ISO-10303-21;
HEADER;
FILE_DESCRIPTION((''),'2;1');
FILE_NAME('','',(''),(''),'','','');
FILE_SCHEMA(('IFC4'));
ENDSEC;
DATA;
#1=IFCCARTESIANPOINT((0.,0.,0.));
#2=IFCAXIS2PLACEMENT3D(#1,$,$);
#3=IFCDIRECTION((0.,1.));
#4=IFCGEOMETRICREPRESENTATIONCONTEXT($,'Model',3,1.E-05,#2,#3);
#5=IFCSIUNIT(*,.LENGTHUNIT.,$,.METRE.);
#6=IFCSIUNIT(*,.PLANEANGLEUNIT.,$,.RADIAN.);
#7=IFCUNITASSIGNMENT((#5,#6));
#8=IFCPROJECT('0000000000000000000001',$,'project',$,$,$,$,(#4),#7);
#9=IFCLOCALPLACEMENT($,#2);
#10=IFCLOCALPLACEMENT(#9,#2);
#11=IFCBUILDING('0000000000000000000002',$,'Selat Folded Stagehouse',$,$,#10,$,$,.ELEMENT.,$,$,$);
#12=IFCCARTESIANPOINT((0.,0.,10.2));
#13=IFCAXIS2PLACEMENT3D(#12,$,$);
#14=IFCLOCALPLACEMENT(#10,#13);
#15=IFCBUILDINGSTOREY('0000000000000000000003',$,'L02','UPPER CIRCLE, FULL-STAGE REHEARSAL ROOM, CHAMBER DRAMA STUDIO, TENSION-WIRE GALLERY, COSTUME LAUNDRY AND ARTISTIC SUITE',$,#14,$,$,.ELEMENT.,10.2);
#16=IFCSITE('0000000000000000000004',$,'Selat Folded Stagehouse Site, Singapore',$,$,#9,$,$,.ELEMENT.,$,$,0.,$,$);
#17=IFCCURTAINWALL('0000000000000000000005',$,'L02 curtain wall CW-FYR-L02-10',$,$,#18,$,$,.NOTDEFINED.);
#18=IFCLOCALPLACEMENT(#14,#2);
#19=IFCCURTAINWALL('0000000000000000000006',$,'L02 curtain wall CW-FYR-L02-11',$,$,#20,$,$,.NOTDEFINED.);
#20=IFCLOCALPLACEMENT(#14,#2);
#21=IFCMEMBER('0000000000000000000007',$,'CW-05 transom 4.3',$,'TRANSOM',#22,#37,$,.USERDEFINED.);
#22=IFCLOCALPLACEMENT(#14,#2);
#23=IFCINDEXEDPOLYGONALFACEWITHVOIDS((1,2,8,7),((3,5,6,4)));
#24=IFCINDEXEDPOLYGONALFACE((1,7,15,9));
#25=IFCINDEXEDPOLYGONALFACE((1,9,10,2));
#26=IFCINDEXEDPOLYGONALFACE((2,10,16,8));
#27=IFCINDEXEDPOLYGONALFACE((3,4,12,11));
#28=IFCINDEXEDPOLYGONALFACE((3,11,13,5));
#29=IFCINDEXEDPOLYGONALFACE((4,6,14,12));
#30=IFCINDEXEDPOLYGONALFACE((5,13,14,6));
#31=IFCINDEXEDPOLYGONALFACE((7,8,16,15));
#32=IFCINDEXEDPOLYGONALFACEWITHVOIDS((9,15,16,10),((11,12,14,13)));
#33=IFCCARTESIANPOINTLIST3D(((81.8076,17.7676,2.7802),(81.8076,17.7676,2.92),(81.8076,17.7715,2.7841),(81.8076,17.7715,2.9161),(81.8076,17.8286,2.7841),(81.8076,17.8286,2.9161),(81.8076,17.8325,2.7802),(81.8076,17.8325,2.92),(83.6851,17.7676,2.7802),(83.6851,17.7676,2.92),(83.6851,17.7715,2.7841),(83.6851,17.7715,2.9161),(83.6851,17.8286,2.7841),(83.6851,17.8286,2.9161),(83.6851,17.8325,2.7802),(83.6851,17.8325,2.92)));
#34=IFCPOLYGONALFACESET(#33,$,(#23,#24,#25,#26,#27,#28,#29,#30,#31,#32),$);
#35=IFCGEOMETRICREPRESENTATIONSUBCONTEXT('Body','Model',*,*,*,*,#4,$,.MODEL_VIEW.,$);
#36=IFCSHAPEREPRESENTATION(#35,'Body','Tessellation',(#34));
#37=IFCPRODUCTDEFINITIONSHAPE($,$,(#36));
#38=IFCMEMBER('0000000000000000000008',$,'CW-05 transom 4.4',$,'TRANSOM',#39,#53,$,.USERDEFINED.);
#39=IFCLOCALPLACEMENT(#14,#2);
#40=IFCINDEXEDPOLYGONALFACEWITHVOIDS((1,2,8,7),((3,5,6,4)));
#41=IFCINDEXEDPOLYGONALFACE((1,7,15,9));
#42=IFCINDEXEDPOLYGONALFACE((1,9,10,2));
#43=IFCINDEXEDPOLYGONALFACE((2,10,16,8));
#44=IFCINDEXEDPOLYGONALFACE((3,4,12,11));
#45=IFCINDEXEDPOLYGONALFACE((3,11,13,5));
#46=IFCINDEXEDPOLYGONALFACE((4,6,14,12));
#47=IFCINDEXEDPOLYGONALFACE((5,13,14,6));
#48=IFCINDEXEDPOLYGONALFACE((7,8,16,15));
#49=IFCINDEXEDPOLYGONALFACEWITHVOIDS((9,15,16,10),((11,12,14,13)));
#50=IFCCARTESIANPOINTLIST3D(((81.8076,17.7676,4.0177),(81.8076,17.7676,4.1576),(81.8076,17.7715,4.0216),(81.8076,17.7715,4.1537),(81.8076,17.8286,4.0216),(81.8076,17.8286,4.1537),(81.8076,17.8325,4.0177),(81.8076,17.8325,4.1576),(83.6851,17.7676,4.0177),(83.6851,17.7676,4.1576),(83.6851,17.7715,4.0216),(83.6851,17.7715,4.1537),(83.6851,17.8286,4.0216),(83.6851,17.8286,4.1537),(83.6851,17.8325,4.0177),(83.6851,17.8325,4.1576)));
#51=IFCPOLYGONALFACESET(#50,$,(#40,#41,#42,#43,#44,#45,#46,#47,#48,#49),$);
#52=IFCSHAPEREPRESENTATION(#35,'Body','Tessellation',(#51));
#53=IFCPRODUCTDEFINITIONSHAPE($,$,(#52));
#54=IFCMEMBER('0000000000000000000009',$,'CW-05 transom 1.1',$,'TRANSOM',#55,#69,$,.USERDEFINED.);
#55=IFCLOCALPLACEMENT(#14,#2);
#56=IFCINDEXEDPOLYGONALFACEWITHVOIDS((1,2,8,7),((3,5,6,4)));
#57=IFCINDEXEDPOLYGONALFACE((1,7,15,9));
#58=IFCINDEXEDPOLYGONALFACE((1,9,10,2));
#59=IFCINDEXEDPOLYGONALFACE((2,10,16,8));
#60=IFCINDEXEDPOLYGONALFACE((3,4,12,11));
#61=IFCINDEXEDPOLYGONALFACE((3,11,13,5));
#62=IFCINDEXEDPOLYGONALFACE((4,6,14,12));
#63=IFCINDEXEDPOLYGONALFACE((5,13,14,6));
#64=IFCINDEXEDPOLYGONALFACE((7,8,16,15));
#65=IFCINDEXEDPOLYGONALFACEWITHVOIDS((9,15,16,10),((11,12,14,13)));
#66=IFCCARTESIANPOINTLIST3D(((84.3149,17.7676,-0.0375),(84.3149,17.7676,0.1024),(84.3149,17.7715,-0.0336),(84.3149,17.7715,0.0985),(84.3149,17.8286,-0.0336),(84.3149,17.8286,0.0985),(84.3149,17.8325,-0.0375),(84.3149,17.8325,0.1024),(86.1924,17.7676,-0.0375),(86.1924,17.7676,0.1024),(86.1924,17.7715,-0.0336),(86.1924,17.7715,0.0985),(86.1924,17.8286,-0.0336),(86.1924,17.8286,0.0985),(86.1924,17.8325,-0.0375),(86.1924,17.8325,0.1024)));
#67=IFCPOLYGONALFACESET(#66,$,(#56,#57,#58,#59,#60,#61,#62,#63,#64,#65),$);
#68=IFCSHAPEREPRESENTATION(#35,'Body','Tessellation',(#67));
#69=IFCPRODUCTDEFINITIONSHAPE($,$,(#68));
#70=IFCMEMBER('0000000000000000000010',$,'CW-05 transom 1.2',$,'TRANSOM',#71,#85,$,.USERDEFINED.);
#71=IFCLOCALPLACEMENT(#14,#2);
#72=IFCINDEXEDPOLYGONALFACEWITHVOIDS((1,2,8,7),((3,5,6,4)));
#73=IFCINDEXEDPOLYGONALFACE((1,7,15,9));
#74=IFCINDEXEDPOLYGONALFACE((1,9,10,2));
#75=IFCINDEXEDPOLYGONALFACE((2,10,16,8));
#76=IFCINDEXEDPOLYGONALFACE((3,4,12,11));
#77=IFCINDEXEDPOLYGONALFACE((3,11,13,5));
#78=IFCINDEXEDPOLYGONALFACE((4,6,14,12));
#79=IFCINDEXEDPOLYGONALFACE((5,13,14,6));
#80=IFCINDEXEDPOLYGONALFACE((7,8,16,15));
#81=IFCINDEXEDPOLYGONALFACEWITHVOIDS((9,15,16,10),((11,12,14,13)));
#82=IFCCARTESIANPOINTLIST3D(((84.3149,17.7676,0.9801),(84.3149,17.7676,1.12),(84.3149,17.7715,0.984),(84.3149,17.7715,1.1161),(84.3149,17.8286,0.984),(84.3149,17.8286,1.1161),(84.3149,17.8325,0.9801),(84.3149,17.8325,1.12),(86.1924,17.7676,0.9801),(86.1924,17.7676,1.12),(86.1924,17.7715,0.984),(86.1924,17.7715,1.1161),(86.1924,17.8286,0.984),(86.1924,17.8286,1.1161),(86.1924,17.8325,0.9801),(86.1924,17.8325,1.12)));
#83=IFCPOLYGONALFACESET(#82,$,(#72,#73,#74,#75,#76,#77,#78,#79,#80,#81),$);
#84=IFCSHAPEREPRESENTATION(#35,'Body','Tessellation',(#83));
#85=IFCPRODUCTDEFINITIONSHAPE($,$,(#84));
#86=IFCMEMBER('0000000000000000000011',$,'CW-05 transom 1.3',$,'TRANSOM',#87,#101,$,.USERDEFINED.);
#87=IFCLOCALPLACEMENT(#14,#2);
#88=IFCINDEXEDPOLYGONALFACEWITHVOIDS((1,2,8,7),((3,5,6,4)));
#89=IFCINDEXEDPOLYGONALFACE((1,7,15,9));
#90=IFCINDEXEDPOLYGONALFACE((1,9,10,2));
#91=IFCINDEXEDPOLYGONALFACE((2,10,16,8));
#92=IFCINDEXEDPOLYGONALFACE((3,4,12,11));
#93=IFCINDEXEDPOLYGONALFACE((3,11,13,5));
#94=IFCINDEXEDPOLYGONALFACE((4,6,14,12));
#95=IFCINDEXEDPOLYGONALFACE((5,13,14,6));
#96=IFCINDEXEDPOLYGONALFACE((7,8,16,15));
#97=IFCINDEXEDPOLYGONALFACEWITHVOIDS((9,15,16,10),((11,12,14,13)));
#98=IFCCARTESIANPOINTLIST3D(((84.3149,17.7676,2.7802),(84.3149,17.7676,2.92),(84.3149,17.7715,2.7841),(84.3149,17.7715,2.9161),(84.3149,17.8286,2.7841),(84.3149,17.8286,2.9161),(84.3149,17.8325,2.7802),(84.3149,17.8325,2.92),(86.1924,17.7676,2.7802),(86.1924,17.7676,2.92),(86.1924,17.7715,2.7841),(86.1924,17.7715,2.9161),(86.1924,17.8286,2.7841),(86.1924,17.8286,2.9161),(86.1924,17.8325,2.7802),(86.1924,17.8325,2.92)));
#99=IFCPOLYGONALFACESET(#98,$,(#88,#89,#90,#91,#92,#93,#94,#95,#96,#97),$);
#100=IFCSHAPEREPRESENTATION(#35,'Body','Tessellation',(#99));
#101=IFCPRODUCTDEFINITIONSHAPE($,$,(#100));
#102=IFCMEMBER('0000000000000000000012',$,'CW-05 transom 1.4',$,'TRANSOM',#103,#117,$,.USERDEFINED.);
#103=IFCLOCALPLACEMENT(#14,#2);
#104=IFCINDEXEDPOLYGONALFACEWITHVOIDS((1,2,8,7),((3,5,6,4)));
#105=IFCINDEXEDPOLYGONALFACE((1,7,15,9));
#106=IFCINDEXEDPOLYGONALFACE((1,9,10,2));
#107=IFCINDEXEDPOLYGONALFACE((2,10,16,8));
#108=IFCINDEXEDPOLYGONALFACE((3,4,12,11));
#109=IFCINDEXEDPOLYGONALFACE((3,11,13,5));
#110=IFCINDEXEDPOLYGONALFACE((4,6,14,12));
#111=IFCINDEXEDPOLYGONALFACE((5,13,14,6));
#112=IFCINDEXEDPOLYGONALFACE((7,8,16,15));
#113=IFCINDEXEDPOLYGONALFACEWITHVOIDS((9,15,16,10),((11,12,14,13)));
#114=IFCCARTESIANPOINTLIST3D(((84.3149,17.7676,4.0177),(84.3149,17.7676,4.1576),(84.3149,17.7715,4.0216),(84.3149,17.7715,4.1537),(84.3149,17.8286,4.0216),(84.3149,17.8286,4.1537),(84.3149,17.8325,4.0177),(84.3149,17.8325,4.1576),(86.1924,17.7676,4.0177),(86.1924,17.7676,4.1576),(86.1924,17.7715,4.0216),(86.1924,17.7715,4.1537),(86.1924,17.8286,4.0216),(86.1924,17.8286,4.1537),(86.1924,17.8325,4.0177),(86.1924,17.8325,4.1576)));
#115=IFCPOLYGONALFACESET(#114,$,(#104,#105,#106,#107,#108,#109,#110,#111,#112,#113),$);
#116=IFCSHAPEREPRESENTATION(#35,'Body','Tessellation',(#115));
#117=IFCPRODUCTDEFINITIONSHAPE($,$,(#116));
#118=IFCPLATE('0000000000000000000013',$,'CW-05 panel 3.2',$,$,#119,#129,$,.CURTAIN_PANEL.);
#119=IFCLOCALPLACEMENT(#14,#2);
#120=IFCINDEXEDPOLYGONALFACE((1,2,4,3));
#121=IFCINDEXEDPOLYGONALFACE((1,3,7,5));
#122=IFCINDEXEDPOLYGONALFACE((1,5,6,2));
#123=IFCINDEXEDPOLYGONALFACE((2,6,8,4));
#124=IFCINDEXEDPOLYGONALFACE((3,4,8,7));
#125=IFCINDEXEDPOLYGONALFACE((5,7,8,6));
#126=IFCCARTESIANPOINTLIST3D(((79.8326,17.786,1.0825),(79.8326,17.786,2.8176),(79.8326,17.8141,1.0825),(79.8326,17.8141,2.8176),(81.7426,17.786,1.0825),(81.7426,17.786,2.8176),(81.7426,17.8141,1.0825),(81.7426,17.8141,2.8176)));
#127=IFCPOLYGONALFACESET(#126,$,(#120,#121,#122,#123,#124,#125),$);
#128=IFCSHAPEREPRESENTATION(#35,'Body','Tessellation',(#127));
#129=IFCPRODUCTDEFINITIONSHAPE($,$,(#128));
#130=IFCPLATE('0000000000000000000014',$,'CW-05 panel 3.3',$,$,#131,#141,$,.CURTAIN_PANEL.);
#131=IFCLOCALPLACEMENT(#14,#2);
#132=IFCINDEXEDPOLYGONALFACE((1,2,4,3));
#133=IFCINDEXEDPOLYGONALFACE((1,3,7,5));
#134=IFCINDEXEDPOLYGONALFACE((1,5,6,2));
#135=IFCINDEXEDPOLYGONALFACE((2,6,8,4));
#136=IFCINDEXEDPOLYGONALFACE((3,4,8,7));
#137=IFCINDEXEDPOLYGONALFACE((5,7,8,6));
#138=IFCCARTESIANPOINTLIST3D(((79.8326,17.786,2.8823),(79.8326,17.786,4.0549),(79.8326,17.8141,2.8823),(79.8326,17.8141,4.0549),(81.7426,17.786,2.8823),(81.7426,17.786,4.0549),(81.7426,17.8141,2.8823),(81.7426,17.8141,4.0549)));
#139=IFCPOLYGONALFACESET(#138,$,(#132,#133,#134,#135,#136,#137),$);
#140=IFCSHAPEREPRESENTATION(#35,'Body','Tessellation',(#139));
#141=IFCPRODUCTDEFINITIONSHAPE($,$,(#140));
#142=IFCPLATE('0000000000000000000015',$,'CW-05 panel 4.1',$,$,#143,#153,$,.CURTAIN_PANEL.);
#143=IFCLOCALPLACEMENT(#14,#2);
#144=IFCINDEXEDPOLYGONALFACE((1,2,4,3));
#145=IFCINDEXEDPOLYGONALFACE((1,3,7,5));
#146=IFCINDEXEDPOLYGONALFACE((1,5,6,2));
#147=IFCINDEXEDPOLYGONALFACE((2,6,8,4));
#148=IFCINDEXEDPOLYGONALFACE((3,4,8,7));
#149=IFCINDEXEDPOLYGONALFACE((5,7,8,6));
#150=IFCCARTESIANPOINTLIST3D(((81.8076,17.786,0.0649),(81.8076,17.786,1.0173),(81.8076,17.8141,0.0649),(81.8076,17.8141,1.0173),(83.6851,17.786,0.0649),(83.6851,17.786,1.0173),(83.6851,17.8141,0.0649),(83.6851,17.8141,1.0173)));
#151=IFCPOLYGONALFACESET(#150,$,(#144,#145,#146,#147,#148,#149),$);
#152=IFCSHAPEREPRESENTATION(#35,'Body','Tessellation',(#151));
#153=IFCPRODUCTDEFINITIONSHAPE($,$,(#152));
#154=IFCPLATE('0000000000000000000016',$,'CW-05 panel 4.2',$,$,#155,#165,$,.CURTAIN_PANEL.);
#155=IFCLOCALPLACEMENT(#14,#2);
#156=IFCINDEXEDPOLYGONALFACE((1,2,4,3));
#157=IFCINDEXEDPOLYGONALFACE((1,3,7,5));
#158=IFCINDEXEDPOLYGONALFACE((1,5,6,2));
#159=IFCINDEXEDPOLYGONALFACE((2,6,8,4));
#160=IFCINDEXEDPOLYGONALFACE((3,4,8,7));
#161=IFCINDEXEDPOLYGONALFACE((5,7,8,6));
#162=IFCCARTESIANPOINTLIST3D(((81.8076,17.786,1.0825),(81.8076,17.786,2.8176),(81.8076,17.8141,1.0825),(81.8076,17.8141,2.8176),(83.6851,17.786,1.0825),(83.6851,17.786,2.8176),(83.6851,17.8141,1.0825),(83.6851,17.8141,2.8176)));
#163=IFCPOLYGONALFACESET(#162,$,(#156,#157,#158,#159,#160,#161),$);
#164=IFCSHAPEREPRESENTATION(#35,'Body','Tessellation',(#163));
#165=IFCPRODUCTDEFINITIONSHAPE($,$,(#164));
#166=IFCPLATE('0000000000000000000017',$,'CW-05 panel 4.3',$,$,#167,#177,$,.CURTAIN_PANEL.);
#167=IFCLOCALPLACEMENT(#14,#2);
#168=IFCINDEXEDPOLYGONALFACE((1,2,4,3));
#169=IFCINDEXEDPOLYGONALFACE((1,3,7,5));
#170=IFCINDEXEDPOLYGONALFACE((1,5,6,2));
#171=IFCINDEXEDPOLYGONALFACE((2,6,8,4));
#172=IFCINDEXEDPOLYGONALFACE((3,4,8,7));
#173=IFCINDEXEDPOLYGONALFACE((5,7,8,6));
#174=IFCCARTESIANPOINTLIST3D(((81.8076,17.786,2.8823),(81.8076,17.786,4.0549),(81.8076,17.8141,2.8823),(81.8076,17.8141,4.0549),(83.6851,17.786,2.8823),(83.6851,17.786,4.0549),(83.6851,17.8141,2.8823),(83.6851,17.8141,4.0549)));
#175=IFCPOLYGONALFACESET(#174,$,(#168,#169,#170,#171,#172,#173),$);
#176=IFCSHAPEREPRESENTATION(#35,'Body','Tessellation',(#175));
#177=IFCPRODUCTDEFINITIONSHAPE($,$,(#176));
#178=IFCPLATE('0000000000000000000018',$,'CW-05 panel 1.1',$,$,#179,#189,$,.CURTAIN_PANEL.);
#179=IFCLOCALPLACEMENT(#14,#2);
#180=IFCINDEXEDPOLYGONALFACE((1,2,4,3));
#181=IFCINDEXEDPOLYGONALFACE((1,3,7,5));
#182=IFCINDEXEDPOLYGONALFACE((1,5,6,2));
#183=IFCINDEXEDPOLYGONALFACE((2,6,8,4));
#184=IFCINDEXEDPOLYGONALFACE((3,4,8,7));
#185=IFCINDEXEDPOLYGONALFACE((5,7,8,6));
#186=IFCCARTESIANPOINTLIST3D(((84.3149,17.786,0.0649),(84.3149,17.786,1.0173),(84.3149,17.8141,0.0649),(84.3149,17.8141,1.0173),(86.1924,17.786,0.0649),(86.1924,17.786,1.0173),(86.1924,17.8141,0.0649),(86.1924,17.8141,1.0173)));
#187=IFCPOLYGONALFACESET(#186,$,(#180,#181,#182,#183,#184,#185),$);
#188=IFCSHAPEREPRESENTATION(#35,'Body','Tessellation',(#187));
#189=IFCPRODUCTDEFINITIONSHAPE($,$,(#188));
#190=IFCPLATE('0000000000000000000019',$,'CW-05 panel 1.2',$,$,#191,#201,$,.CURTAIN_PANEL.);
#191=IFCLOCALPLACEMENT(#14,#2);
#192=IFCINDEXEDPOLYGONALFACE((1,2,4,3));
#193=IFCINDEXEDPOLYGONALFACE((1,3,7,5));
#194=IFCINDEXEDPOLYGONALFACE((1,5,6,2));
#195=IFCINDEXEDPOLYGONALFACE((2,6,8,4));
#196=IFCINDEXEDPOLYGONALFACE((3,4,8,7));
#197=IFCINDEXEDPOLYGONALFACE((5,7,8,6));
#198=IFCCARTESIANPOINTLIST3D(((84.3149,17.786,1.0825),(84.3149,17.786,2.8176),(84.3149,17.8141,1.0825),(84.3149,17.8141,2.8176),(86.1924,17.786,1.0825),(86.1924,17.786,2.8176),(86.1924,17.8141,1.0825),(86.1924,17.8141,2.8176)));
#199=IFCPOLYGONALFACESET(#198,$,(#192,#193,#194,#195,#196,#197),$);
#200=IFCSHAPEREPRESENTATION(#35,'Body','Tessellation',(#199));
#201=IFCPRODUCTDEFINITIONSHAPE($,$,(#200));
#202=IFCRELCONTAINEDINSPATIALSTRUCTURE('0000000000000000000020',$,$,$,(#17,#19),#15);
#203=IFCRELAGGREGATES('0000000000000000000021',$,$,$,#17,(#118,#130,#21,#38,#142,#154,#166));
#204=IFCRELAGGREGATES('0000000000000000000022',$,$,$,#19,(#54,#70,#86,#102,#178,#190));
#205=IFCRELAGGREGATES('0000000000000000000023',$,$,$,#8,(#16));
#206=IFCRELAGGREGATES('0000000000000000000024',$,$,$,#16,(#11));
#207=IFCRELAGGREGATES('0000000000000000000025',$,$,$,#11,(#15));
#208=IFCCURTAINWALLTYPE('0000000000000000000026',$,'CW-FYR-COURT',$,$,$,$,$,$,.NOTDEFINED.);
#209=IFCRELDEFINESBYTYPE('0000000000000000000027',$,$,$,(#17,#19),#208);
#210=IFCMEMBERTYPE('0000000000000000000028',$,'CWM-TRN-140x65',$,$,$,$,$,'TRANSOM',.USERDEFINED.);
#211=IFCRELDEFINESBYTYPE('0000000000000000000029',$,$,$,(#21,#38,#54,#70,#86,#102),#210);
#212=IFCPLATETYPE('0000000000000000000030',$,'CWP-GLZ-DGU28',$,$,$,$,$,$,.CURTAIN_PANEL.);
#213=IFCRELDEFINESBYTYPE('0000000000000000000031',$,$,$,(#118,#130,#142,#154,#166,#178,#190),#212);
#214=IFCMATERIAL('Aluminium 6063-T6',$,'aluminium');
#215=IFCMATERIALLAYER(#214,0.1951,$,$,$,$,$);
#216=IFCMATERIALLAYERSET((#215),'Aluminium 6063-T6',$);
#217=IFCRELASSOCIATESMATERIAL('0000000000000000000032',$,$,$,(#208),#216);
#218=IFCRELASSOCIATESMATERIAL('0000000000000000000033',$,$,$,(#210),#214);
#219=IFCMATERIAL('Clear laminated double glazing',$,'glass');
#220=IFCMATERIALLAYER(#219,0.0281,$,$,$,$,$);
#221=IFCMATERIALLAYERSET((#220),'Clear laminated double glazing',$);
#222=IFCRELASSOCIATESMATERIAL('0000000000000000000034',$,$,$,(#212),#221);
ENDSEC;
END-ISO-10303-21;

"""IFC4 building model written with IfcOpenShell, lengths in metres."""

from ifc_helpers import new_model, si_unit, direction, frame, origin, origin_2d, place, context, subcontext, project, spatial, rectangle, hollow_rectangle, extrude, material, layer, layer_set, material_profile, profile_set, type_object, element, aggregate, save


model = new_model("IFC4")

# Units and contexts
model_context = context("Model", 3, precision=1e-05, world=origin(), true_north=direction((0.0, 1.0)))
body_context = subcontext(model_context, "Body", "Model", "MODEL_VIEW")
ifc_project = project(units=[si_unit("LENGTHUNIT", "METRE"), si_unit("PLANEANGLEUNIT", "RADIAN")], contexts=[model_context])

# Site, building, storey
site_placement = place(None, origin())
site = spatial("IfcSite", under=ifc_project, at=site_placement, Name="Selat Folded Stagehouse Site, Singapore", CompositionType="ELEMENT", RefElevation=0.0)
building_placement = place(site_placement, origin())
building = spatial("IfcBuilding", under=site, at=building_placement, Name="Selat Folded Stagehouse", CompositionType="ELEMENT")
storey_placement = place(building_placement, frame((0.0, 0.0, 10.2)))
storey = spatial("IfcBuildingStorey", under=building, at=storey_placement, Name="L02", Description="UPPER CIRCLE, FULL-STAGE REHEARSAL ROOM, CHAMBER DRAMA STUDIO, TENSION-WIRE GALLERY, COSTUME LAUNDRY AND ARTISTIC SUITE", CompositionType="ELEMENT", Elevation=10.2)

# Curtain wall
ifc_material_1 = material(Name="Aluminium 6063-T6", Category="aluminium")
ifc_layer_1 = layer(ifc_material_1, 0.1951)
ifc_layer_set_1 = layer_set([ifc_layer_1], Name="Aluminium 6063-T6")
curtain_wall_type = type_object("IfcCurtainWallType", Name="CW-FYR-COURT", PredefinedType="NOTDEFINED", material=ifc_layer_set_1)
curtain_wall_1_placement = place(storey_placement, origin())
curtain_wall_1 = element("IfcCurtainWall", 1, at=curtain_wall_1_placement, inside=storey, type_object=curtain_wall_type, Name="L02 curtain wall CW-FYR-L02-10", PredefinedType="NOTDEFINED")

# Curtain wall
curtain_wall_2_placement = place(storey_placement, origin())
curtain_wall_2 = element("IfcCurtainWall", 2, at=curtain_wall_2_placement, inside=storey, type_object=curtain_wall_type, Name="L02 curtain wall CW-FYR-L02-11", PredefinedType="NOTDEFINED")

# Members
ifc_material_profile_1 = material_profile(ifc_material_1, hollow_rectangle(XDim=0.0649, YDim=0.1399, WallThickness=0.0039, at=origin_2d()), Name="ALU 140x65x4.0")
ifc_profile_set_1 = profile_set([ifc_material_profile_1], Name="Aluminium 6063-T6")
member_type_1 = type_object("IfcMemberType", Name="CWM-TRN-140x65", ElementType="TRANSOM", PredefinedType="USERDEFINED", material=ifc_profile_set_1)
member_1_placement = place(storey_placement, frame((81.8076, 17.8, 2.8501), z_axis=(1.0, 0.0, 0.0), x_axis=(0.0, 1.0, 0.0)))
member_1 = element("IfcMember", 3, at=member_1_placement, type_object=member_type_1, Name="CW-05 transom 4.3", ObjectType="TRANSOM", PredefinedType="USERDEFINED", context=body_context, shape_type="SweptSolid", body=[
    extrude(hollow_rectangle(XDim=0.0649, YDim=0.1399, WallThickness=0.0039, at=origin_2d()), origin(), (0.0, 0.0, 1.0), 1.8774),
])
member_2_placement = place(storey_placement, frame((81.8076, 17.8, 4.0876), z_axis=(1.0, 0.0, 0.0), x_axis=(0.0, 1.0, 0.0)))
member_2 = element("IfcMember", 4, at=member_2_placement, type_object=member_type_1, Name="CW-05 transom 4.4", ObjectType="TRANSOM", PredefinedType="USERDEFINED", context=body_context, shape_type="SweptSolid", body=[
    extrude(hollow_rectangle(XDim=0.0649, YDim=0.1399, WallThickness=0.0039, at=origin_2d()), origin(), (0.0, 0.0, 1.0), 1.8774),
])
member_3_placement = place(storey_placement, frame((84.3149, 17.8, 0.0325), z_axis=(1.0, 0.0, 0.0), x_axis=(0.0, 1.0, 0.0)))
member_3 = element("IfcMember", 5, at=member_3_placement, type_object=member_type_1, Name="CW-05 transom 1.1", ObjectType="TRANSOM", PredefinedType="USERDEFINED", context=body_context, shape_type="SweptSolid", body=[
    extrude(hollow_rectangle(XDim=0.0649, YDim=0.1399, WallThickness=0.0039, at=origin_2d()), origin(), (0.0, 0.0, 1.0), 1.8774),
])
member_4_placement = place(storey_placement, frame((84.3149, 17.8, 1.05), z_axis=(1.0, 0.0, 0.0), x_axis=(0.0, 1.0, 0.0)))
member_4 = element("IfcMember", 6, at=member_4_placement, type_object=member_type_1, Name="CW-05 transom 1.2", ObjectType="TRANSOM", PredefinedType="USERDEFINED", context=body_context, shape_type="SweptSolid", body=[
    extrude(hollow_rectangle(XDim=0.0649, YDim=0.1399, WallThickness=0.0039, at=origin_2d()), origin(), (0.0, 0.0, 1.0), 1.8774),
])
member_5_placement = place(storey_placement, frame((84.3149, 17.8, 2.8501), z_axis=(1.0, 0.0, 0.0), x_axis=(0.0, 1.0, 0.0)))
member_5 = element("IfcMember", 7, at=member_5_placement, type_object=member_type_1, Name="CW-05 transom 1.3", ObjectType="TRANSOM", PredefinedType="USERDEFINED", context=body_context, shape_type="SweptSolid", body=[
    extrude(hollow_rectangle(XDim=0.0649, YDim=0.1399, WallThickness=0.0039, at=origin_2d()), origin(), (0.0, 0.0, 1.0), 1.8774),
])
member_6_placement = place(storey_placement, frame((84.3149, 17.8, 4.0876), z_axis=(1.0, 0.0, 0.0), x_axis=(0.0, 1.0, 0.0)))
member_6 = element("IfcMember", 8, at=member_6_placement, type_object=member_type_1, Name="CW-05 transom 1.4", ObjectType="TRANSOM", PredefinedType="USERDEFINED", context=body_context, shape_type="SweptSolid", body=[
    extrude(hollow_rectangle(XDim=0.0649, YDim=0.1399, WallThickness=0.0039, at=origin_2d()), origin(), (0.0, 0.0, 1.0), 1.8774),
])

# Plates
ifc_material_2 = material(Name="Clear laminated double glazing", Category="glass")
ifc_layer_2 = layer(ifc_material_2, 0.0281)
ifc_layer_set_2 = layer_set([ifc_layer_2], Name="Clear laminated double glazing")
plate_type = type_object("IfcPlateType", Name="CWP-GLZ-DGU28", PredefinedType="CURTAIN_PANEL", material=ifc_layer_set_2)
plate_1_placement = place(storey_placement, frame((80.7876, 17.8, 1.0825), z_axis=(0.0, 0.0, 1.0), x_axis=(1.0, 0.0, 0.0)))
plate_1 = element("IfcPlate", 9, at=plate_1_placement, type_object=plate_type, Name="CW-05 panel 3.2", PredefinedType="CURTAIN_PANEL", context=body_context, shape_type="SweptSolid", body=[
    extrude(rectangle(XDim=1.9099, YDim=0.0281, at=origin_2d()), origin(), (0.0, 0.0, 1.0), 1.7351),
])
plate_2_placement = place(storey_placement, frame((80.7876, 17.8, 2.8823), z_axis=(0.0, 0.0, 1.0), x_axis=(1.0, 0.0, 0.0)))
plate_2 = element("IfcPlate", 10, at=plate_2_placement, type_object=plate_type, Name="CW-05 panel 3.3", PredefinedType="CURTAIN_PANEL", context=body_context, shape_type="SweptSolid", body=[
    extrude(rectangle(XDim=1.9099, YDim=0.0281, at=origin_2d()), origin(), (0.0, 0.0, 1.0), 1.1726),
])
plate_3_placement = place(storey_placement, frame((82.7463, 17.8, 0.0649), z_axis=(0.0, 0.0, 1.0), x_axis=(1.0, 0.0, 0.0)))
plate_3 = element("IfcPlate", 11, at=plate_3_placement, type_object=plate_type, Name="CW-05 panel 4.1", PredefinedType="CURTAIN_PANEL", context=body_context, shape_type="SweptSolid", body=[
    extrude(rectangle(XDim=1.8774, YDim=0.0281, at=origin_2d()), origin(), (0.0, 0.0, 1.0), 0.9524),
])
plate_4_placement = place(storey_placement, frame((82.7463, 17.8, 1.0825), z_axis=(0.0, 0.0, 1.0), x_axis=(1.0, 0.0, 0.0)))
plate_4 = element("IfcPlate", 12, at=plate_4_placement, type_object=plate_type, Name="CW-05 panel 4.2", PredefinedType="CURTAIN_PANEL", context=body_context, shape_type="SweptSolid", body=[
    extrude(rectangle(XDim=1.8774, YDim=0.0281, at=origin_2d()), origin(), (0.0, 0.0, 1.0), 1.7351),
])
plate_5_placement = place(storey_placement, frame((82.7463, 17.8, 2.8823), z_axis=(0.0, 0.0, 1.0), x_axis=(1.0, 0.0, 0.0)))
plate_5 = element("IfcPlate", 13, at=plate_5_placement, type_object=plate_type, Name="CW-05 panel 4.3", PredefinedType="CURTAIN_PANEL", context=body_context, shape_type="SweptSolid", body=[
    extrude(rectangle(XDim=1.8774, YDim=0.0281, at=origin_2d()), origin(), (0.0, 0.0, 1.0), 1.1726),
])
aggregate(curtain_wall_1, [plate_1, plate_2, member_1, member_2, plate_3, plate_4, plate_5])
plate_6_placement = place(storey_placement, frame((85.2537, 17.8, 0.0649), z_axis=(0.0, 0.0, 1.0), x_axis=(1.0, 0.0, 0.0)))
plate_6 = element("IfcPlate", 14, at=plate_6_placement, type_object=plate_type, Name="CW-05 panel 1.1", PredefinedType="CURTAIN_PANEL", context=body_context, shape_type="SweptSolid", body=[
    extrude(rectangle(XDim=1.8774, YDim=0.0281, at=origin_2d()), origin(), (0.0, 0.0, 1.0), 0.9524),
])
plate_7_placement = place(storey_placement, frame((85.2537, 17.8, 1.0825), z_axis=(0.0, 0.0, 1.0), x_axis=(1.0, 0.0, 0.0)))
plate_7 = element("IfcPlate", 15, at=plate_7_placement, type_object=plate_type, Name="CW-05 panel 1.2", PredefinedType="CURTAIN_PANEL", context=body_context, shape_type="SweptSolid", body=[
    extrude(rectangle(XDim=1.8774, YDim=0.0281, at=origin_2d()), origin(), (0.0, 0.0, 1.0), 1.7351),
])
aggregate(curtain_wall_2, [member_3, member_4, member_5, member_6, plate_6, plate_7])

save(model, "model.ifc")
